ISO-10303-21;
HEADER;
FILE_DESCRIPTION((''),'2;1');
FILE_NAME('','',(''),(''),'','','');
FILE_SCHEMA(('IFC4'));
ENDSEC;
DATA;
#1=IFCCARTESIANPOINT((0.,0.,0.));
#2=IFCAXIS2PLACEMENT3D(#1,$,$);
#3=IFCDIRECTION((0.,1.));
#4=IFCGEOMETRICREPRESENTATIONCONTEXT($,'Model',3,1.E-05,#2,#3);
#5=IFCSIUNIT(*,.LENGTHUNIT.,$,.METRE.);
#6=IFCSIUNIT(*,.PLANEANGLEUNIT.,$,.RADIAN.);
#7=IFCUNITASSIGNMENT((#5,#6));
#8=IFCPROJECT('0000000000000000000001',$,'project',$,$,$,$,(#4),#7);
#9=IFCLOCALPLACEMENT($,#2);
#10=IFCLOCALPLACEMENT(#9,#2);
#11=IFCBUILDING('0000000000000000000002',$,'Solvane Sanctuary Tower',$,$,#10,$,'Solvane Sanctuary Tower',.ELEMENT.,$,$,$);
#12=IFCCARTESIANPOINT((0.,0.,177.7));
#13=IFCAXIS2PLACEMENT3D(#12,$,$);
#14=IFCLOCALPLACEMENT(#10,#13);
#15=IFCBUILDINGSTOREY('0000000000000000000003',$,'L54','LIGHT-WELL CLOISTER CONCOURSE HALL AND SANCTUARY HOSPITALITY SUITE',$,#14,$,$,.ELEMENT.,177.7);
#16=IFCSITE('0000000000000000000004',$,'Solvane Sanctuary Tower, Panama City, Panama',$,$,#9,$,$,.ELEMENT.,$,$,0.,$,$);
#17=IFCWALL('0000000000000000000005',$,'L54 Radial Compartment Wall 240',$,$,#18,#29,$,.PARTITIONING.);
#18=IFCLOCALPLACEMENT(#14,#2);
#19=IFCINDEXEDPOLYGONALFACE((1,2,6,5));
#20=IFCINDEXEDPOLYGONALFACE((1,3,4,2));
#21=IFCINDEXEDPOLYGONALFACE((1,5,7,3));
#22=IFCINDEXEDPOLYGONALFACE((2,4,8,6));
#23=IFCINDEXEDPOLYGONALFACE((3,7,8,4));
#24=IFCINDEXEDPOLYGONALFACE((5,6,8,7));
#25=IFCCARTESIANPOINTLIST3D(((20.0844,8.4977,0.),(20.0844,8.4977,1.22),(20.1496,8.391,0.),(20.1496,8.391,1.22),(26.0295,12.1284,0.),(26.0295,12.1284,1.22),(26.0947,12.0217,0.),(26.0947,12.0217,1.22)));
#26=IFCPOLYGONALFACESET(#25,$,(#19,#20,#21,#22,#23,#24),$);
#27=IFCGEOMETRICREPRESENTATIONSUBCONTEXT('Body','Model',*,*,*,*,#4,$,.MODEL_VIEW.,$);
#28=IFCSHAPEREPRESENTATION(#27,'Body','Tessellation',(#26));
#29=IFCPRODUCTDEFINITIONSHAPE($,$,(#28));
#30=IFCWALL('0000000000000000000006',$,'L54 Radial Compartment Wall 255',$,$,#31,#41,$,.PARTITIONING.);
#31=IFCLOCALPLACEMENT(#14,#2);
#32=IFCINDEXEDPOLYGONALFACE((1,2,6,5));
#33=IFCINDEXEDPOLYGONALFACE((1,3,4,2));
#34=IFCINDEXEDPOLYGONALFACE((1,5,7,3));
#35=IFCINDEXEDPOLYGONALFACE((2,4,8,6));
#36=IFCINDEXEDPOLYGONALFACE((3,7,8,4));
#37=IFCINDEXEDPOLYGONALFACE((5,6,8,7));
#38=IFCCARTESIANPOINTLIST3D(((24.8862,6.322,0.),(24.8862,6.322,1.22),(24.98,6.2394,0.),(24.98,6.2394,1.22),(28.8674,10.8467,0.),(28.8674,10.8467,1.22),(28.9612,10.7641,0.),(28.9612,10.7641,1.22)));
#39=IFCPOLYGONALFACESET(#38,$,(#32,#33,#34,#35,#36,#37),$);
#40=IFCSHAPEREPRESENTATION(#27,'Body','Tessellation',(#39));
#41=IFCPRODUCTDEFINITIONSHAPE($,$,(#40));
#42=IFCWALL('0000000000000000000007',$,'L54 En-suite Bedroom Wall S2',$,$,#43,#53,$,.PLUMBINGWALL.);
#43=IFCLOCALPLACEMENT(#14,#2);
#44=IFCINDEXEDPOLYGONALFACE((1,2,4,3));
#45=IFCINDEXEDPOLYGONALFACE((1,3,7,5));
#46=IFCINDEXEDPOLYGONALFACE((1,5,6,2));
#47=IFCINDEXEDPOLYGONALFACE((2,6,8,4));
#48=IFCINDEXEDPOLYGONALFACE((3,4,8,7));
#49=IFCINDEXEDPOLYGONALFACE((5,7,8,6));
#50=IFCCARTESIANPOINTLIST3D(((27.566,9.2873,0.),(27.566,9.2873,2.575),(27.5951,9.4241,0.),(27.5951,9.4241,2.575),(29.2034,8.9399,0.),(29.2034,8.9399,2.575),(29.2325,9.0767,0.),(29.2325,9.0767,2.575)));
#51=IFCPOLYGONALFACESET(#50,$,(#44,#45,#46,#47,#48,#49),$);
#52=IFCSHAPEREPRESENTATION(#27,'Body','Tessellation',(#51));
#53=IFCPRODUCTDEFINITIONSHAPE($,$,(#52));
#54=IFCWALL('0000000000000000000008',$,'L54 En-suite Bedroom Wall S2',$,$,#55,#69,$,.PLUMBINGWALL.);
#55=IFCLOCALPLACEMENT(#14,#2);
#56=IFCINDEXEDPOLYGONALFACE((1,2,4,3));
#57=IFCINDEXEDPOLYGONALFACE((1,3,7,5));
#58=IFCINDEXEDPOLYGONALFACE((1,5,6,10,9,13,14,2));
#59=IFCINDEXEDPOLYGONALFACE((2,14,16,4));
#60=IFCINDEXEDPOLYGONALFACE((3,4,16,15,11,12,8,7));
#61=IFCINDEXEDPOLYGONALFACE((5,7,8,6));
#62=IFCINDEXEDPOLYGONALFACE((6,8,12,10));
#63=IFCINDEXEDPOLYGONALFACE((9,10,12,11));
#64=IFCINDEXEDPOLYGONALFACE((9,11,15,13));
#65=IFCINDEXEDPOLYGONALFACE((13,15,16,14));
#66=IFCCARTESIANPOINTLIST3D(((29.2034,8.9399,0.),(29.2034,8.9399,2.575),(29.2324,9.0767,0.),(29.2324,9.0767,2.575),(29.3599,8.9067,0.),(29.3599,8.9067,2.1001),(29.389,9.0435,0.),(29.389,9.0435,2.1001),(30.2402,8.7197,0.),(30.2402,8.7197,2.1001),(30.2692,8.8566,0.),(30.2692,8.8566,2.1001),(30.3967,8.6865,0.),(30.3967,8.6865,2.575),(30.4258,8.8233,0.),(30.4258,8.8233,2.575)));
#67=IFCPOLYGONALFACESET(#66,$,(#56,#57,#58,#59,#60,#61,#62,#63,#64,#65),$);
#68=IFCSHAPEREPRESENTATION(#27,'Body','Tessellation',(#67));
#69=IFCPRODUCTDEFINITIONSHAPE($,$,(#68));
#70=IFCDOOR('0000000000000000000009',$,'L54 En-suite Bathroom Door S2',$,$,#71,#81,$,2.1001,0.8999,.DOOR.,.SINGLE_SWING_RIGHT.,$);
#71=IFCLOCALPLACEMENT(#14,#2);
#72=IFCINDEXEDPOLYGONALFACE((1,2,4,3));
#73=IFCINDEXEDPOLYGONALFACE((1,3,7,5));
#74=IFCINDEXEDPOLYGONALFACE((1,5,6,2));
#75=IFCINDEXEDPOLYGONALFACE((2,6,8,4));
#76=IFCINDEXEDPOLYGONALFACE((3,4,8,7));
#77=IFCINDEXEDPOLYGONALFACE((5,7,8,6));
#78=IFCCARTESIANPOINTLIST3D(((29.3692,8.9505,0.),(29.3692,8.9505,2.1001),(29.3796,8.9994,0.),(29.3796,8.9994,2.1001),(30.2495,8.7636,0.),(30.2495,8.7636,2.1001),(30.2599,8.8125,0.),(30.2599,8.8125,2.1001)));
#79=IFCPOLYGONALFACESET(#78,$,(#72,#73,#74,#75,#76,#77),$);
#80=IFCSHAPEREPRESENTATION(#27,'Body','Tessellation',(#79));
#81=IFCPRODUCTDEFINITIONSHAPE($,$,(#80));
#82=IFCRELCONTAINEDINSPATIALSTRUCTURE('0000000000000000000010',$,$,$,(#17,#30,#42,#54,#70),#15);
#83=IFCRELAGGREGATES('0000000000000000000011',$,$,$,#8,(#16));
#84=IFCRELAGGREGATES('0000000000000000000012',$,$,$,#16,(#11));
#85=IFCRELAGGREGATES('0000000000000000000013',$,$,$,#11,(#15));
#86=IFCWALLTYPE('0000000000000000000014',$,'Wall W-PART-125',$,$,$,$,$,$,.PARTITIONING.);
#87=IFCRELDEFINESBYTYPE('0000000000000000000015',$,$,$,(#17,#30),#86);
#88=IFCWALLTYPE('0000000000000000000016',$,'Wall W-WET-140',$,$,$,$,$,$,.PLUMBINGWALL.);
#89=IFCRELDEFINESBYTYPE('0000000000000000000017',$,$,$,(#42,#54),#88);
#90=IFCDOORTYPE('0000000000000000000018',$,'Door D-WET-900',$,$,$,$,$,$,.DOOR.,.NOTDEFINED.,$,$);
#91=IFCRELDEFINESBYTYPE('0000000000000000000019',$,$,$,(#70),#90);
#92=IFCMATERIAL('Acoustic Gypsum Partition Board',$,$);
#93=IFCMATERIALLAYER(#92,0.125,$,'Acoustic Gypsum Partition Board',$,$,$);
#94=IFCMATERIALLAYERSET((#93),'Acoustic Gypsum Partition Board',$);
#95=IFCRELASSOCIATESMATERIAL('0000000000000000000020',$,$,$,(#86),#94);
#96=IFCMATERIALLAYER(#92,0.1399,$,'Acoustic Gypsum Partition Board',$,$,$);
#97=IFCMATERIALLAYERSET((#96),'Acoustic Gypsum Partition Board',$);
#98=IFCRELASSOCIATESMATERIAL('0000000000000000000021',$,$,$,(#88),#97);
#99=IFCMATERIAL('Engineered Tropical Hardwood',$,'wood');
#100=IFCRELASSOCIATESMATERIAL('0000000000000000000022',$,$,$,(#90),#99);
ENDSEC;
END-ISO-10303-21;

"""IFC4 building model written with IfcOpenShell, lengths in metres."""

from ifc_helpers import new_model, si_unit, direction, frame, frame_2d, origin, place, context, subcontext, project, spatial, rectangle, extrude, material, layer, layer_set, type_object, element, fill, save


model = new_model("IFC4")

# Units and contexts
model_context = context("Model", 3, precision=1e-05, world=origin(), true_north=direction((0.0, 1.0)))
body_context = subcontext(model_context, "Body", "Model", "MODEL_VIEW")
ifc_project = project(units=[si_unit("LENGTHUNIT", "METRE"), si_unit("PLANEANGLEUNIT", "RADIAN")], contexts=[model_context])

# Site, building, storey
site_placement = place(None, origin())
site = spatial("IfcSite", under=ifc_project, at=site_placement, Name="Solvane Sanctuary Tower, Panama City, Panama", CompositionType="ELEMENT", RefElevation=0.0)
building_placement = place(site_placement, origin())
building = spatial("IfcBuilding", under=site, at=building_placement, Name="Solvane Sanctuary Tower", LongName="Solvane Sanctuary Tower", CompositionType="ELEMENT")
storey_placement = place(building_placement, frame((0.0, 0.0, 177.7)))
storey = spatial("IfcBuildingStorey", under=building, at=storey_placement, Name="L54", Description="LIGHT-WELL CLOISTER CONCOURSE HALL AND SANCTUARY HOSPITALITY SUITE", CompositionType="ELEMENT", Elevation=177.7)

# Shared definitions
ifc_material_1 = material(Name="Acoustic Gypsum Partition Board")

# Shared definitions
ifc_material_2 = material(Name="Engineered Tropical Hardwood", Category="wood")

# Walls
ifc_layer_1 = layer(ifc_material_1, 0.125, Name="Acoustic Gypsum Partition Board")
ifc_layer_set_1 = layer_set([ifc_layer_1], Name="Acoustic Gypsum Partition Board")
wall_type_1 = type_object("IfcWallType", Name="Wall W-PART-125", PredefinedType="PARTITIONING", material=ifc_layer_set_1)
wall_1_placement = place(storey_placement, frame((26.062, 12.075, 0.0), z_axis=(0.0, 0.0, 1.0), x_axis=(-0.85344, -0.521191, 0.0)))
element("IfcWall", 1, at=wall_1_placement, inside=storey, type_object=wall_type_1, Name="L54 Radial Compartment Wall 240", PredefinedType="PARTITIONING", context=body_context, shape_type="SweptSolid", body=[
    extrude(rectangle(XDim=6.9661, YDim=0.125, at=frame_2d((3.4829, 0.0))), origin(), (0.0, 0.0, 1.0), 1.22),
])
wall_2_placement = place(storey_placement, frame((28.9143, 10.8054, 0.0), z_axis=(0.0, 0.0, 1.0), x_axis=(-0.660581, -0.750754, 0.0)))
element("IfcWall", 2, at=wall_2_placement, inside=storey, type_object=wall_type_1, Name="L54 Radial Compartment Wall 255", PredefinedType="PARTITIONING", context=body_context, shape_type="SweptSolid", body=[
    extrude(rectangle(XDim=6.0269, YDim=0.125, at=frame_2d((3.0134, 0.0))), origin(), (0.0, 0.0, 1.0), 1.22),
])
ifc_layer_2 = layer(ifc_material_1, 0.1399, Name="Acoustic Gypsum Partition Board")
ifc_layer_set_2 = layer_set([ifc_layer_2], Name="Acoustic Gypsum Partition Board")
wall_type_2 = type_object("IfcWallType", Name="Wall W-WET-140", PredefinedType="PLUMBINGWALL", material=ifc_layer_set_2)
wall_3_placement = place(storey_placement, frame((27.5806, 9.3557, 0.0), z_axis=(0.0, 0.0, 1.0), x_axis=(0.978225, -0.207547, 0.0)))
element("IfcWall", 3, at=wall_3_placement, inside=storey, type_object=wall_type_2, Name="L54 En-suite Bedroom Wall S2", PredefinedType="PLUMBINGWALL", context=body_context, shape_type="SweptSolid", body=[
    extrude(rectangle(XDim=1.6738, YDim=0.1399, at=frame_2d((0.8369, 0.0))), origin(), (0.0, 0.0, 1.0), 2.575),
])

# Wall, opening, door
wall_4_placement = place(storey_placement, frame((29.218, 9.0083, 0.0), z_axis=(0.0, 0.0, 1.0), x_axis=(0.978187, -0.207725, 0.0)))
wall_4 = element("IfcWall", 4, at=wall_4_placement, inside=storey, type_object=wall_type_2, Name="L54 En-suite Bedroom Wall S2", PredefinedType="PLUMBINGWALL", context=body_context, shape_type="SweptSolid", body=[
    extrude(rectangle(XDim=1.22, YDim=0.1399, at=frame_2d((0.6099, 0.0))), origin(), (0.0, 0.0, 1.0), 2.575),
])
opening_1_placement = place(wall_4_placement, frame((0.1599, 0.0, 0.0)))
opening_1 = element("IfcOpeningElement", 5, at=opening_1_placement, cuts=wall_4, PredefinedType="OPENING", context=body_context, shape_type="SweptSolid", body=[
    extrude(rectangle(XDim=0.8999, YDim=2.1001, at=frame_2d((0.45, 1.05))), frame((0.0, 0.0798, 0.0), z_axis=(0.0, -1.0, 0.0), x_axis=(1.0, 0.0, 0.0)), (0.0, 0.0, 1.0), 0.1599),
])
door_type_1 = type_object("IfcDoorType", Name="Door D-WET-900", OperationType="NOTDEFINED", PredefinedType="DOOR", material=ifc_material_2)
door_1_placement = place(opening_1_placement, origin())
door_1 = element("IfcDoor", 6, at=door_1_placement, inside=storey, type_object=door_type_1, Name="L54 En-suite Bathroom Door S2", OperationType="SINGLE_SWING_RIGHT", OverallHeight=2.1001, OverallWidth=0.8999, PredefinedType="DOOR", context=body_context, shape_type="SweptSolid", body=[
    extrude(rectangle(XDim=0.8999, YDim=2.1001, at=frame_2d((0.45, 1.05))), frame((0.0, 0.0249, 0.0), z_axis=(0.0, -1.0, 0.0), x_axis=(1.0, 0.0, 0.0)), (0.0, 0.0, 1.0), 0.05),
])
fill(opening_1, door_1)

save(model, "model.ifc")
